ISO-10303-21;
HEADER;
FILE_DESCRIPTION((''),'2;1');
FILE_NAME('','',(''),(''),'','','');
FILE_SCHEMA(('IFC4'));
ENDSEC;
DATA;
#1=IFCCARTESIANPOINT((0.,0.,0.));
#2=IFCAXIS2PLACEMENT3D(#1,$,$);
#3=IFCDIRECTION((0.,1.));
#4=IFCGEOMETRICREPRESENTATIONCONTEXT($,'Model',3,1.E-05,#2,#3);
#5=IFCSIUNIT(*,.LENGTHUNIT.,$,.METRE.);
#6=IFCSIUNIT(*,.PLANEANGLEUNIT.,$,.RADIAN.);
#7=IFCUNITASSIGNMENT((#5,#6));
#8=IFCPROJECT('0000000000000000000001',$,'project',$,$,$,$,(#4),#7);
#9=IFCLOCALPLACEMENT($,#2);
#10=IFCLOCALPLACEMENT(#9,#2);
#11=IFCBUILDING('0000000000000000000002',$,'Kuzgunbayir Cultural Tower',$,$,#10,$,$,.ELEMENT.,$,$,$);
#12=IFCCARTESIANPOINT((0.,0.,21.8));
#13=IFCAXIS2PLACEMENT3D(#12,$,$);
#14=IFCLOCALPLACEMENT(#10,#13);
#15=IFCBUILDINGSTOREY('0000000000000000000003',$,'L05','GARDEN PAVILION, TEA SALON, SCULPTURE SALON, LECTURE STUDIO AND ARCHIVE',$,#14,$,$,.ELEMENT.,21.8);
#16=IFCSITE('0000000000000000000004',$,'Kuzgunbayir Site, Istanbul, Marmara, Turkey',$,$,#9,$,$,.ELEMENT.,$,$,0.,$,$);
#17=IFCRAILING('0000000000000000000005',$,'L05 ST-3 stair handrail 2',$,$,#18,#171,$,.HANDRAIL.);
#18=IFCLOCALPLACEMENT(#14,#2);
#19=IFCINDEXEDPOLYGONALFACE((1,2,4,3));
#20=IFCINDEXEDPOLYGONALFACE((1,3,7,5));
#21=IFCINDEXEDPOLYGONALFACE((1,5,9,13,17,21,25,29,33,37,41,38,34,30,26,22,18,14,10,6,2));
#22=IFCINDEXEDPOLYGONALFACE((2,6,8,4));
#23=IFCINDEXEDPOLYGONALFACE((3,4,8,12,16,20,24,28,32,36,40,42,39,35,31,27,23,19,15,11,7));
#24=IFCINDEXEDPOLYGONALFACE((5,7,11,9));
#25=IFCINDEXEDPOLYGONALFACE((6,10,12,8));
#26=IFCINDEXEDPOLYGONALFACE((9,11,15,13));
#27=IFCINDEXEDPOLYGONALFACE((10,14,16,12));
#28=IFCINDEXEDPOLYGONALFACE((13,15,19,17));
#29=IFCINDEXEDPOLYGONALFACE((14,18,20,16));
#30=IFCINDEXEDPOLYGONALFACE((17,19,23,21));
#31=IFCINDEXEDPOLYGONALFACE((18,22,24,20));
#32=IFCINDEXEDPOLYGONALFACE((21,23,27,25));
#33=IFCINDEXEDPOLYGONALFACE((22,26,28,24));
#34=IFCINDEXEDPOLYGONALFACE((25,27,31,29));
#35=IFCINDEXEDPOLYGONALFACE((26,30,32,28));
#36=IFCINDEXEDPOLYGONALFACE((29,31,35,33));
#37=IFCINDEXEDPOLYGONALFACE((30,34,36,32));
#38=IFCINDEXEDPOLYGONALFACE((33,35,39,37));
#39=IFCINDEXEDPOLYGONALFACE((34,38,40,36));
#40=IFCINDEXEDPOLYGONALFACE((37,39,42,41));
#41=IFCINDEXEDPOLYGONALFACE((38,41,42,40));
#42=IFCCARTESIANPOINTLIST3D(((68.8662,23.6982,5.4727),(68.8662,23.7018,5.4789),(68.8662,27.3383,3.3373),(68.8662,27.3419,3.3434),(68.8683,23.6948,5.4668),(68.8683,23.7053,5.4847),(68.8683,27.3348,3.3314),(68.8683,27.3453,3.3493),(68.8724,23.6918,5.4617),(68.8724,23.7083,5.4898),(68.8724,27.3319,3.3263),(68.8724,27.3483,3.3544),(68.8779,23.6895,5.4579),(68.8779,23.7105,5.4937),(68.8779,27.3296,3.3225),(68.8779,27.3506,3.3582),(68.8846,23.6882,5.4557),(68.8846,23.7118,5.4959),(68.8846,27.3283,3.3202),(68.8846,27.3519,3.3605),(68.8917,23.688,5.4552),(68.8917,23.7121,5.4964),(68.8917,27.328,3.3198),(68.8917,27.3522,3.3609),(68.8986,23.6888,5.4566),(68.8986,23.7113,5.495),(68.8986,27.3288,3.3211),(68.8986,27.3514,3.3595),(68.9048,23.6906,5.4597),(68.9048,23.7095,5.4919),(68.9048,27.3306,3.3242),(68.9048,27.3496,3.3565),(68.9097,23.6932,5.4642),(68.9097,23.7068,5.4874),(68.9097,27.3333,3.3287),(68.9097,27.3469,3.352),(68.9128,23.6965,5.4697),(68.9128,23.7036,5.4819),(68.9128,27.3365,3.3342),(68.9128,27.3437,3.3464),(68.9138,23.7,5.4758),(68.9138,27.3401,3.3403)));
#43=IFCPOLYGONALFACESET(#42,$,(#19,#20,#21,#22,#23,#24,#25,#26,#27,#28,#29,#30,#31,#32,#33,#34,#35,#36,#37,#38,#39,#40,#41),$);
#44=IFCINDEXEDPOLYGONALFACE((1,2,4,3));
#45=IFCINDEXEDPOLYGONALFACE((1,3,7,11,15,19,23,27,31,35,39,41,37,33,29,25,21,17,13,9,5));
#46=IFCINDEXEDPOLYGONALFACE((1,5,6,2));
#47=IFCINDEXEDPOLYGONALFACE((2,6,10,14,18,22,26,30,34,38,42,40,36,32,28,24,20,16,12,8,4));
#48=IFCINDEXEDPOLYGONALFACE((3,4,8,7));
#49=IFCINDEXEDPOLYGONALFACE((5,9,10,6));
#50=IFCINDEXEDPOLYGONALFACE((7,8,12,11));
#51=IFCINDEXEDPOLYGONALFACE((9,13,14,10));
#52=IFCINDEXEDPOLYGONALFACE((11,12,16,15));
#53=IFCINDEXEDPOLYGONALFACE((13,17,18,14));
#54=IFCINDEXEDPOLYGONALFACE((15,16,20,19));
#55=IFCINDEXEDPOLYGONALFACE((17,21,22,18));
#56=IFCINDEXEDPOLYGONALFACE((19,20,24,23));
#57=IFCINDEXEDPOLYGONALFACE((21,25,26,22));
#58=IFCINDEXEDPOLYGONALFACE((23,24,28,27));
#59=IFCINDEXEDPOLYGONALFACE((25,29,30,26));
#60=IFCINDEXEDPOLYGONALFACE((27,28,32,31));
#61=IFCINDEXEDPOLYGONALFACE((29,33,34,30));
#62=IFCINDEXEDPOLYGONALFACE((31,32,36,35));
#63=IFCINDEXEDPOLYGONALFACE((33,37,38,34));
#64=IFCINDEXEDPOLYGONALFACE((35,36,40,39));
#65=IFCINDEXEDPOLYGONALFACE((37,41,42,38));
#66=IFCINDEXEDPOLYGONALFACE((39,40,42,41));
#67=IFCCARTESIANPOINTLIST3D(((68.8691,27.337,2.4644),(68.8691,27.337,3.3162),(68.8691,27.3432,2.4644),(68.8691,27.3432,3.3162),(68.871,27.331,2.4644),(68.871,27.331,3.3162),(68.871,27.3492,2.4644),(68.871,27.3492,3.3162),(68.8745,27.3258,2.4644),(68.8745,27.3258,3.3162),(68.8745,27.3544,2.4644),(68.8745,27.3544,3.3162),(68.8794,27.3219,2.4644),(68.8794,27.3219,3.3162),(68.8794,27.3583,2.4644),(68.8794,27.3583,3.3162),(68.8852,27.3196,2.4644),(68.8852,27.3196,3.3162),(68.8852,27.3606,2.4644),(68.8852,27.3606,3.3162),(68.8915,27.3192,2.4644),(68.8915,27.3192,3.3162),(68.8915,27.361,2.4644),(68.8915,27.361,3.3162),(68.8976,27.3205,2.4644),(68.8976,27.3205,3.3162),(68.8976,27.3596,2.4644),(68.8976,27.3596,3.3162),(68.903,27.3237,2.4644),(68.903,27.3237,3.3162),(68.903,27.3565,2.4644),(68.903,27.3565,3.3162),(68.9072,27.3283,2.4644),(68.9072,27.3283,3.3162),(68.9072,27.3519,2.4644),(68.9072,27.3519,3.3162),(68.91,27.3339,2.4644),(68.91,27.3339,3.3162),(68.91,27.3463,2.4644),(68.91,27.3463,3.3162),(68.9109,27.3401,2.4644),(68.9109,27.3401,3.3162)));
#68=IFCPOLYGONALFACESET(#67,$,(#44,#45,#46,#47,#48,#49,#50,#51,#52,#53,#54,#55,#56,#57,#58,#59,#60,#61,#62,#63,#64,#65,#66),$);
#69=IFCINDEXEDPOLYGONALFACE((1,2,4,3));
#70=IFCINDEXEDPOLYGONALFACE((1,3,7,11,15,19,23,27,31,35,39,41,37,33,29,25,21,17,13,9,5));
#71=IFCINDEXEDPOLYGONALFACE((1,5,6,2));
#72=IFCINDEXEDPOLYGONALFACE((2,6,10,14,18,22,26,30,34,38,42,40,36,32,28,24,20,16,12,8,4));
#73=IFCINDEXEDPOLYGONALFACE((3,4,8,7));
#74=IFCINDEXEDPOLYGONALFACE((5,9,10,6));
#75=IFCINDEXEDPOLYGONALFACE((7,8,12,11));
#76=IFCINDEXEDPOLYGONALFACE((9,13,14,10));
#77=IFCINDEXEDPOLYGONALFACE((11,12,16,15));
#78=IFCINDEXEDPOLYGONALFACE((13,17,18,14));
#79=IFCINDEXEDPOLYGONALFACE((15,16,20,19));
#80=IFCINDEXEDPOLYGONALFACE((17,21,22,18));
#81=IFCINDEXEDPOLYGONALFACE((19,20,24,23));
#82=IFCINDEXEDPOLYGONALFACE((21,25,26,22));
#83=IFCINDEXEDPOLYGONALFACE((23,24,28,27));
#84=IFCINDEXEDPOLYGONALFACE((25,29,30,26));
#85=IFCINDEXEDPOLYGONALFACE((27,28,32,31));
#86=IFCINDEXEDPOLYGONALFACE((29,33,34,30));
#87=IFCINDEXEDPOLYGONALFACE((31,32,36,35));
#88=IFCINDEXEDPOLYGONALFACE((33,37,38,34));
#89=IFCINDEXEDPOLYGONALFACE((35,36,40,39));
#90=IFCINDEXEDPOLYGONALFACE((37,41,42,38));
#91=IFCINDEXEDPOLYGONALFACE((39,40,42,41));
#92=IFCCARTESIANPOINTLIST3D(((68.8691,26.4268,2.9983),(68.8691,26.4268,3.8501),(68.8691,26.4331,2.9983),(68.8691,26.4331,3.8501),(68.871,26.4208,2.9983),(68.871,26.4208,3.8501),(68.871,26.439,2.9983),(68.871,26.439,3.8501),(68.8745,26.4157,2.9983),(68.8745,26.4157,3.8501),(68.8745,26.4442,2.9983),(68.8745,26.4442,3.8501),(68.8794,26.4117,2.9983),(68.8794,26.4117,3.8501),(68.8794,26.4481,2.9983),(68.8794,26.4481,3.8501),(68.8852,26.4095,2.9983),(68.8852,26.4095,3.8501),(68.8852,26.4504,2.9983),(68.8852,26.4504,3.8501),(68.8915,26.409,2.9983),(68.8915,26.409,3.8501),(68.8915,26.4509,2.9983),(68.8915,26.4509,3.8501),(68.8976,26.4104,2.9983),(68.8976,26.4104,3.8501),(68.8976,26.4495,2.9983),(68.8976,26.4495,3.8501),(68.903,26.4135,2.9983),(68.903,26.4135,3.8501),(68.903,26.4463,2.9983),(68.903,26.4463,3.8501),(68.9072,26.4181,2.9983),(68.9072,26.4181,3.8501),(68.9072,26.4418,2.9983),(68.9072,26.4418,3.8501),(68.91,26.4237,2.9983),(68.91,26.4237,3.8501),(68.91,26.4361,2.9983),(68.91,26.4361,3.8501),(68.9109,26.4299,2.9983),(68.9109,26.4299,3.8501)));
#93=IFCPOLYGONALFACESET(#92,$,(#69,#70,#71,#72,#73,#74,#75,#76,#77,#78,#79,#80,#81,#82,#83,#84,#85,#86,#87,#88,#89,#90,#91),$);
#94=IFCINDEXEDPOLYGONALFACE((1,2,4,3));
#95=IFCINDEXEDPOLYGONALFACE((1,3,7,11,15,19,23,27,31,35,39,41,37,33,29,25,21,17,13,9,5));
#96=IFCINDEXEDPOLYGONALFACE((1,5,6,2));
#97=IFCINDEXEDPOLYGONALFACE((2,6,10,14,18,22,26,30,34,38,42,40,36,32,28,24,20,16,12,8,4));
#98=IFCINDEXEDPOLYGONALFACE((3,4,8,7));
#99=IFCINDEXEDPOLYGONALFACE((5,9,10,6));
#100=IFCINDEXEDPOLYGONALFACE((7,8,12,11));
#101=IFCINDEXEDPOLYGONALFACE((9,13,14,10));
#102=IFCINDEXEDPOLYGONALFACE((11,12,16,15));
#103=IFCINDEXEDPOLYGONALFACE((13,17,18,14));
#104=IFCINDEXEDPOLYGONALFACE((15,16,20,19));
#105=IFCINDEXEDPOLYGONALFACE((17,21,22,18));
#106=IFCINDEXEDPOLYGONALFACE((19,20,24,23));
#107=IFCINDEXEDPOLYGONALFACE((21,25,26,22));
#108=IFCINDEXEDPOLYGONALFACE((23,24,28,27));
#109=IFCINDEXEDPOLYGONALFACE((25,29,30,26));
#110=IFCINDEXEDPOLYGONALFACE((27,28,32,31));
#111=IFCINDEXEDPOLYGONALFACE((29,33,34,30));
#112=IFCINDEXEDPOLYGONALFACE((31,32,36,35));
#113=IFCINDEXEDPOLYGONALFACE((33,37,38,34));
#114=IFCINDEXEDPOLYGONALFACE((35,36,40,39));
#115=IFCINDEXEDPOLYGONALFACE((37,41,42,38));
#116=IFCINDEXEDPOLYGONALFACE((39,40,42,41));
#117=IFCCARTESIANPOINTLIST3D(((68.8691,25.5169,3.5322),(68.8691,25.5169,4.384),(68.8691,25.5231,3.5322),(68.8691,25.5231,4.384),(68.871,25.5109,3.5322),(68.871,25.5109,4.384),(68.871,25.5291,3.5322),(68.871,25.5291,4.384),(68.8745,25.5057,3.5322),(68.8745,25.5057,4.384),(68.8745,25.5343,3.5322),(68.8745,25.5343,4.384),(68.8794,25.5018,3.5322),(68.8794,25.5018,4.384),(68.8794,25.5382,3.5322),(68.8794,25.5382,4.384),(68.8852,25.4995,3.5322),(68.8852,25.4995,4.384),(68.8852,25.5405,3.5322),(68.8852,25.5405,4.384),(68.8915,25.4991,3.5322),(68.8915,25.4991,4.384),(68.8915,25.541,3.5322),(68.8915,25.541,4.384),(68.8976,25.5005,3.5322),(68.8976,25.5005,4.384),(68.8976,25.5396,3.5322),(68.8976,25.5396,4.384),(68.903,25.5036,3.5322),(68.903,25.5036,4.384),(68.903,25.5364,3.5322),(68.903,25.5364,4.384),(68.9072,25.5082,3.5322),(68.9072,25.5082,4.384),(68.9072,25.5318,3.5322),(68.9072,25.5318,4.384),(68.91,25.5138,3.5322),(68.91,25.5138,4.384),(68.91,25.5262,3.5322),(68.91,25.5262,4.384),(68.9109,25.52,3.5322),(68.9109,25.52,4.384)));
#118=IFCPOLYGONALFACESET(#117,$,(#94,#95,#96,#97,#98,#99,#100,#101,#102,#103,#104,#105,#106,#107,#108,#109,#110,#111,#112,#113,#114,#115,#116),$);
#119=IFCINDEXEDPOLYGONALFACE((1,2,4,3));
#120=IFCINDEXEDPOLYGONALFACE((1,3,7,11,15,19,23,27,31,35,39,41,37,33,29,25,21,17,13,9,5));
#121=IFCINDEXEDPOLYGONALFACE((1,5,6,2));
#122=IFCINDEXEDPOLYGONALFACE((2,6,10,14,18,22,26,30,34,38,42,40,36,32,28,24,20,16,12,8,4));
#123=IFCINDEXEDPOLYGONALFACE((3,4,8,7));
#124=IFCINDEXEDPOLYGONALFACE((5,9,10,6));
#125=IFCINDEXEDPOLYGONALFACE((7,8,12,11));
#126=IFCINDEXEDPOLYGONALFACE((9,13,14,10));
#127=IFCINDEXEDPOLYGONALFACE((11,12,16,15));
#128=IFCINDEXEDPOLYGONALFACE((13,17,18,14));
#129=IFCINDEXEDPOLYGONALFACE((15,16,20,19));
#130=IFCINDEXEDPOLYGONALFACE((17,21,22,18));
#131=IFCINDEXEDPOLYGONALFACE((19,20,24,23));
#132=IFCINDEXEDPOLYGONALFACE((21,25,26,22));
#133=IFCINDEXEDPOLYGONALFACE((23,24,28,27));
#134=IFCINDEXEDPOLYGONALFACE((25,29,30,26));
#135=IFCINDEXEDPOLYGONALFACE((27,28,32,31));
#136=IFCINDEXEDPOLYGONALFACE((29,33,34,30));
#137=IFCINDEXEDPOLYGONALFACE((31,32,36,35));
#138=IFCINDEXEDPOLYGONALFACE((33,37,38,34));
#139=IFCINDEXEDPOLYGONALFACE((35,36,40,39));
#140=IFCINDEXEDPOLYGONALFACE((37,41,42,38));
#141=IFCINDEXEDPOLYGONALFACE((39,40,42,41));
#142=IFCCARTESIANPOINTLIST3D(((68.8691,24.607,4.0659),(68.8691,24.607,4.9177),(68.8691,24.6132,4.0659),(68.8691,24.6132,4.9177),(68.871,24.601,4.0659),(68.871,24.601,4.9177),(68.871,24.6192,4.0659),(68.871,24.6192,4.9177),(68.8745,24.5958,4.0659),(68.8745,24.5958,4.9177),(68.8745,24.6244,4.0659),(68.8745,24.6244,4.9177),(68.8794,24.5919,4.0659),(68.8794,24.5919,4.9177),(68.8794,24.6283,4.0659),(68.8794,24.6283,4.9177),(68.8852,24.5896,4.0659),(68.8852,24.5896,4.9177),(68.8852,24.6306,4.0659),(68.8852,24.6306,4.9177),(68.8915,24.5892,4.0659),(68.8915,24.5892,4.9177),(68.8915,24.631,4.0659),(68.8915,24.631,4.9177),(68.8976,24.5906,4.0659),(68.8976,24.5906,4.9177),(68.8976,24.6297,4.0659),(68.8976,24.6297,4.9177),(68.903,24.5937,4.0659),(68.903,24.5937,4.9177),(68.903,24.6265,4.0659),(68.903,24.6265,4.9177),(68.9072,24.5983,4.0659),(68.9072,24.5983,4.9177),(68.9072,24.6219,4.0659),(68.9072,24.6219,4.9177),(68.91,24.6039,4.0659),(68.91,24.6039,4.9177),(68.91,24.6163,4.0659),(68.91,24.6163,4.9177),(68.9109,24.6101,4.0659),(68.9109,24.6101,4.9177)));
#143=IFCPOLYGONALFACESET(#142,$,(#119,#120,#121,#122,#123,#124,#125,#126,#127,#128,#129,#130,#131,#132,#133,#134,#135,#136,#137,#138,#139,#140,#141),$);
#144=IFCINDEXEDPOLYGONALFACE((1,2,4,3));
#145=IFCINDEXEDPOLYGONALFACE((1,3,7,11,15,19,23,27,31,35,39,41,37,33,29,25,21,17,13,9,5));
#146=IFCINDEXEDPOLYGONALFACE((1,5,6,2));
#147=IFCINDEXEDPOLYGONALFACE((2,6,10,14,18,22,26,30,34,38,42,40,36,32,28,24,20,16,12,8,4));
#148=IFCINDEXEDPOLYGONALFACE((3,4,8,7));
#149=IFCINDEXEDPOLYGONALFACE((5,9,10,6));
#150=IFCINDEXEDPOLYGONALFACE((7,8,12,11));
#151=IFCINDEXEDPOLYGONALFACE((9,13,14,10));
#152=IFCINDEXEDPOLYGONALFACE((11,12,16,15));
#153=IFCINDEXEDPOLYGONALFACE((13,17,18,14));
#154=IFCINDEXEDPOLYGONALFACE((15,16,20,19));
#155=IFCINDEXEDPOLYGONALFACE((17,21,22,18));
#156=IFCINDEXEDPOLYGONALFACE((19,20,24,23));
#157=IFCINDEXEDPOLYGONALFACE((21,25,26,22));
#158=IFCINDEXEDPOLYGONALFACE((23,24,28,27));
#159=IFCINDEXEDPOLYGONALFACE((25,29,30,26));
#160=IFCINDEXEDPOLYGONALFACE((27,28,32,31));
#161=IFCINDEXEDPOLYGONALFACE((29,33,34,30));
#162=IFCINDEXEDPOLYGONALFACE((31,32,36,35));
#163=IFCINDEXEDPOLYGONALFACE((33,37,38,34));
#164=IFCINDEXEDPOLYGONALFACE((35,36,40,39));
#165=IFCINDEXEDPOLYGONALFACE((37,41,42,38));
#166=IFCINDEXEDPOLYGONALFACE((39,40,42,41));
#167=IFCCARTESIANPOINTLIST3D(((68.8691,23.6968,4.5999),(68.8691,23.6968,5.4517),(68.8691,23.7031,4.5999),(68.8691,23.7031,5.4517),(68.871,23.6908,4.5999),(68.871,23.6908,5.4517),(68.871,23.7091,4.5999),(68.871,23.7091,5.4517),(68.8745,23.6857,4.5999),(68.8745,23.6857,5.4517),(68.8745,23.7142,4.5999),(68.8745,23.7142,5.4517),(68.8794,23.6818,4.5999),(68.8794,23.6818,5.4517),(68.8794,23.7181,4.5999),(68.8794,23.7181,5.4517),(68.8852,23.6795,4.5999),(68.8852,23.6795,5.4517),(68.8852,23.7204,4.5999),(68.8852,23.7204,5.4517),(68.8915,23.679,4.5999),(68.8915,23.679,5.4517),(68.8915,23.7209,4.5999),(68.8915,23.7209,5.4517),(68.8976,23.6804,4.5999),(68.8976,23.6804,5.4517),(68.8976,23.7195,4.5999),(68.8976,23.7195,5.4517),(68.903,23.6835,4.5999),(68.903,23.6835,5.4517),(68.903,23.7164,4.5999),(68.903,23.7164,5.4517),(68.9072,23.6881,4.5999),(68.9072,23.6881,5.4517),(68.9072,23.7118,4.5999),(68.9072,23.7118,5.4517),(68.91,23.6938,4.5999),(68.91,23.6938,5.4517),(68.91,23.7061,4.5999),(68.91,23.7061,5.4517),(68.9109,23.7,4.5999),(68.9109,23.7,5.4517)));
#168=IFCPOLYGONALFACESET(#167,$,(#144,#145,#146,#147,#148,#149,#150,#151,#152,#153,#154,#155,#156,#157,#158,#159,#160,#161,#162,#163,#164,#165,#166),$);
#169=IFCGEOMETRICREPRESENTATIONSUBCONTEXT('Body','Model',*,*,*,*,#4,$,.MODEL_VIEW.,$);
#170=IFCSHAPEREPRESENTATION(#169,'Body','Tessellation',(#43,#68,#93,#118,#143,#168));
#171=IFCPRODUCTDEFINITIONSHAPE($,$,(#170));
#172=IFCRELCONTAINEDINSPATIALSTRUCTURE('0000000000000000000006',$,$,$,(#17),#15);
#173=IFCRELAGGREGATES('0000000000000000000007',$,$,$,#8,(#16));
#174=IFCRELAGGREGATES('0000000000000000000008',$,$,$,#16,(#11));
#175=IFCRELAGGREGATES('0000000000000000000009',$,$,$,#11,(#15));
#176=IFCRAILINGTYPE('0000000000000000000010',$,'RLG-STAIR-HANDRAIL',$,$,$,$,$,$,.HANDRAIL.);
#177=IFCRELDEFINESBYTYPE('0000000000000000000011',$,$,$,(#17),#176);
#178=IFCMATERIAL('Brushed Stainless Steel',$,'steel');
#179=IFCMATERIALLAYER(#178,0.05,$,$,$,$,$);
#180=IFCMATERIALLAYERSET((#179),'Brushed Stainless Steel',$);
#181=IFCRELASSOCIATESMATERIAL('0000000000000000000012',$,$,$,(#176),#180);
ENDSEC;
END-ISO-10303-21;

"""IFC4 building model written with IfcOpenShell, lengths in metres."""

from ifc_helpers import new_model, si_unit, direction, frame, origin, origin_2d, place, context, subcontext, project, spatial, circle, extrude, material, layer, layer_set, type_object, element, save


model = new_model("IFC4")

# Units and contexts
model_context = context("Model", 3, precision=1e-05, world=origin(), true_north=direction((0.0, 1.0)))
body_context = subcontext(model_context, "Body", "Model", "MODEL_VIEW")
ifc_project = project(units=[si_unit("LENGTHUNIT", "METRE"), si_unit("PLANEANGLEUNIT", "RADIAN")], contexts=[model_context])

# Site, building, storey
site_placement = place(None, origin())
site = spatial("IfcSite", under=ifc_project, at=site_placement, Name="Kuzgunbayir Site, Istanbul, Marmara, Turkey", CompositionType="ELEMENT", RefElevation=0.0)
building_placement = place(site_placement, origin())
building = spatial("IfcBuilding", under=site, at=building_placement, Name="Kuzgunbayir Cultural Tower", CompositionType="ELEMENT")
storey_placement = place(building_placement, frame((0.0, 0.0, 21.8)))
storey = spatial("IfcBuildingStorey", under=building, at=storey_placement, Name="L05", Description="GARDEN PAVILION, TEA SALON, SCULPTURE SALON, LECTURE STUDIO AND ARCHIVE", CompositionType="ELEMENT", Elevation=21.8)

# Railing
ifc_material_1 = material(Name="Brushed Stainless Steel", Category="steel")
ifc_layer_1 = layer(ifc_material_1, 0.05)
ifc_layer_set_1 = layer_set([ifc_layer_1], Name="Brushed Stainless Steel")
railing_type_1 = type_object("IfcRailingType", Name="RLG-STAIR-HANDRAIL", PredefinedType="HANDRAIL", material=ifc_layer_set_1)
railing_1_placement = place(storey_placement, frame((68.8899, 27.3401, 2.4644)))
element("IfcRailing", 1, at=railing_1_placement, inside=storey, type_object=railing_type_1, Name="L05 ST-3 stair handrail 2", PredefinedType="HANDRAIL", context=body_context, shape_type="SweptSolid", body=[
    extrude(circle(Radius=0.0239, at=origin_2d()), frame((0.0, 0.0, 0.876), z_axis=(0.0, -0.86253, 0.506006), x_axis=(1.0, 0.0, 0.0)), (0.0, 0.0, 1.0), 4.2202),
    extrude(circle(Radius=0.021, at=origin_2d()), origin(), (0.0, 0.0, 1.0), 0.8518),
    extrude(circle(Radius=0.021, at=origin_2d()), frame((0.0, -0.9102, 0.5339)), (0.0, 0.0, 1.0), 0.8518),
    extrude(circle(Radius=0.021, at=origin_2d()), frame((0.0, -1.8201, 1.0679)), (0.0, 0.0, 1.0), 0.8518),
    extrude(circle(Radius=0.021, at=origin_2d()), frame((0.0, -2.73, 1.6016)), (0.0, 0.0, 1.0), 0.8518),
    extrude(circle(Radius=0.021, at=origin_2d()), frame((0.0, -3.6401, 2.1355)), (0.0, 0.0, 1.0), 0.8518),
])

save(model, "model.ifc")
